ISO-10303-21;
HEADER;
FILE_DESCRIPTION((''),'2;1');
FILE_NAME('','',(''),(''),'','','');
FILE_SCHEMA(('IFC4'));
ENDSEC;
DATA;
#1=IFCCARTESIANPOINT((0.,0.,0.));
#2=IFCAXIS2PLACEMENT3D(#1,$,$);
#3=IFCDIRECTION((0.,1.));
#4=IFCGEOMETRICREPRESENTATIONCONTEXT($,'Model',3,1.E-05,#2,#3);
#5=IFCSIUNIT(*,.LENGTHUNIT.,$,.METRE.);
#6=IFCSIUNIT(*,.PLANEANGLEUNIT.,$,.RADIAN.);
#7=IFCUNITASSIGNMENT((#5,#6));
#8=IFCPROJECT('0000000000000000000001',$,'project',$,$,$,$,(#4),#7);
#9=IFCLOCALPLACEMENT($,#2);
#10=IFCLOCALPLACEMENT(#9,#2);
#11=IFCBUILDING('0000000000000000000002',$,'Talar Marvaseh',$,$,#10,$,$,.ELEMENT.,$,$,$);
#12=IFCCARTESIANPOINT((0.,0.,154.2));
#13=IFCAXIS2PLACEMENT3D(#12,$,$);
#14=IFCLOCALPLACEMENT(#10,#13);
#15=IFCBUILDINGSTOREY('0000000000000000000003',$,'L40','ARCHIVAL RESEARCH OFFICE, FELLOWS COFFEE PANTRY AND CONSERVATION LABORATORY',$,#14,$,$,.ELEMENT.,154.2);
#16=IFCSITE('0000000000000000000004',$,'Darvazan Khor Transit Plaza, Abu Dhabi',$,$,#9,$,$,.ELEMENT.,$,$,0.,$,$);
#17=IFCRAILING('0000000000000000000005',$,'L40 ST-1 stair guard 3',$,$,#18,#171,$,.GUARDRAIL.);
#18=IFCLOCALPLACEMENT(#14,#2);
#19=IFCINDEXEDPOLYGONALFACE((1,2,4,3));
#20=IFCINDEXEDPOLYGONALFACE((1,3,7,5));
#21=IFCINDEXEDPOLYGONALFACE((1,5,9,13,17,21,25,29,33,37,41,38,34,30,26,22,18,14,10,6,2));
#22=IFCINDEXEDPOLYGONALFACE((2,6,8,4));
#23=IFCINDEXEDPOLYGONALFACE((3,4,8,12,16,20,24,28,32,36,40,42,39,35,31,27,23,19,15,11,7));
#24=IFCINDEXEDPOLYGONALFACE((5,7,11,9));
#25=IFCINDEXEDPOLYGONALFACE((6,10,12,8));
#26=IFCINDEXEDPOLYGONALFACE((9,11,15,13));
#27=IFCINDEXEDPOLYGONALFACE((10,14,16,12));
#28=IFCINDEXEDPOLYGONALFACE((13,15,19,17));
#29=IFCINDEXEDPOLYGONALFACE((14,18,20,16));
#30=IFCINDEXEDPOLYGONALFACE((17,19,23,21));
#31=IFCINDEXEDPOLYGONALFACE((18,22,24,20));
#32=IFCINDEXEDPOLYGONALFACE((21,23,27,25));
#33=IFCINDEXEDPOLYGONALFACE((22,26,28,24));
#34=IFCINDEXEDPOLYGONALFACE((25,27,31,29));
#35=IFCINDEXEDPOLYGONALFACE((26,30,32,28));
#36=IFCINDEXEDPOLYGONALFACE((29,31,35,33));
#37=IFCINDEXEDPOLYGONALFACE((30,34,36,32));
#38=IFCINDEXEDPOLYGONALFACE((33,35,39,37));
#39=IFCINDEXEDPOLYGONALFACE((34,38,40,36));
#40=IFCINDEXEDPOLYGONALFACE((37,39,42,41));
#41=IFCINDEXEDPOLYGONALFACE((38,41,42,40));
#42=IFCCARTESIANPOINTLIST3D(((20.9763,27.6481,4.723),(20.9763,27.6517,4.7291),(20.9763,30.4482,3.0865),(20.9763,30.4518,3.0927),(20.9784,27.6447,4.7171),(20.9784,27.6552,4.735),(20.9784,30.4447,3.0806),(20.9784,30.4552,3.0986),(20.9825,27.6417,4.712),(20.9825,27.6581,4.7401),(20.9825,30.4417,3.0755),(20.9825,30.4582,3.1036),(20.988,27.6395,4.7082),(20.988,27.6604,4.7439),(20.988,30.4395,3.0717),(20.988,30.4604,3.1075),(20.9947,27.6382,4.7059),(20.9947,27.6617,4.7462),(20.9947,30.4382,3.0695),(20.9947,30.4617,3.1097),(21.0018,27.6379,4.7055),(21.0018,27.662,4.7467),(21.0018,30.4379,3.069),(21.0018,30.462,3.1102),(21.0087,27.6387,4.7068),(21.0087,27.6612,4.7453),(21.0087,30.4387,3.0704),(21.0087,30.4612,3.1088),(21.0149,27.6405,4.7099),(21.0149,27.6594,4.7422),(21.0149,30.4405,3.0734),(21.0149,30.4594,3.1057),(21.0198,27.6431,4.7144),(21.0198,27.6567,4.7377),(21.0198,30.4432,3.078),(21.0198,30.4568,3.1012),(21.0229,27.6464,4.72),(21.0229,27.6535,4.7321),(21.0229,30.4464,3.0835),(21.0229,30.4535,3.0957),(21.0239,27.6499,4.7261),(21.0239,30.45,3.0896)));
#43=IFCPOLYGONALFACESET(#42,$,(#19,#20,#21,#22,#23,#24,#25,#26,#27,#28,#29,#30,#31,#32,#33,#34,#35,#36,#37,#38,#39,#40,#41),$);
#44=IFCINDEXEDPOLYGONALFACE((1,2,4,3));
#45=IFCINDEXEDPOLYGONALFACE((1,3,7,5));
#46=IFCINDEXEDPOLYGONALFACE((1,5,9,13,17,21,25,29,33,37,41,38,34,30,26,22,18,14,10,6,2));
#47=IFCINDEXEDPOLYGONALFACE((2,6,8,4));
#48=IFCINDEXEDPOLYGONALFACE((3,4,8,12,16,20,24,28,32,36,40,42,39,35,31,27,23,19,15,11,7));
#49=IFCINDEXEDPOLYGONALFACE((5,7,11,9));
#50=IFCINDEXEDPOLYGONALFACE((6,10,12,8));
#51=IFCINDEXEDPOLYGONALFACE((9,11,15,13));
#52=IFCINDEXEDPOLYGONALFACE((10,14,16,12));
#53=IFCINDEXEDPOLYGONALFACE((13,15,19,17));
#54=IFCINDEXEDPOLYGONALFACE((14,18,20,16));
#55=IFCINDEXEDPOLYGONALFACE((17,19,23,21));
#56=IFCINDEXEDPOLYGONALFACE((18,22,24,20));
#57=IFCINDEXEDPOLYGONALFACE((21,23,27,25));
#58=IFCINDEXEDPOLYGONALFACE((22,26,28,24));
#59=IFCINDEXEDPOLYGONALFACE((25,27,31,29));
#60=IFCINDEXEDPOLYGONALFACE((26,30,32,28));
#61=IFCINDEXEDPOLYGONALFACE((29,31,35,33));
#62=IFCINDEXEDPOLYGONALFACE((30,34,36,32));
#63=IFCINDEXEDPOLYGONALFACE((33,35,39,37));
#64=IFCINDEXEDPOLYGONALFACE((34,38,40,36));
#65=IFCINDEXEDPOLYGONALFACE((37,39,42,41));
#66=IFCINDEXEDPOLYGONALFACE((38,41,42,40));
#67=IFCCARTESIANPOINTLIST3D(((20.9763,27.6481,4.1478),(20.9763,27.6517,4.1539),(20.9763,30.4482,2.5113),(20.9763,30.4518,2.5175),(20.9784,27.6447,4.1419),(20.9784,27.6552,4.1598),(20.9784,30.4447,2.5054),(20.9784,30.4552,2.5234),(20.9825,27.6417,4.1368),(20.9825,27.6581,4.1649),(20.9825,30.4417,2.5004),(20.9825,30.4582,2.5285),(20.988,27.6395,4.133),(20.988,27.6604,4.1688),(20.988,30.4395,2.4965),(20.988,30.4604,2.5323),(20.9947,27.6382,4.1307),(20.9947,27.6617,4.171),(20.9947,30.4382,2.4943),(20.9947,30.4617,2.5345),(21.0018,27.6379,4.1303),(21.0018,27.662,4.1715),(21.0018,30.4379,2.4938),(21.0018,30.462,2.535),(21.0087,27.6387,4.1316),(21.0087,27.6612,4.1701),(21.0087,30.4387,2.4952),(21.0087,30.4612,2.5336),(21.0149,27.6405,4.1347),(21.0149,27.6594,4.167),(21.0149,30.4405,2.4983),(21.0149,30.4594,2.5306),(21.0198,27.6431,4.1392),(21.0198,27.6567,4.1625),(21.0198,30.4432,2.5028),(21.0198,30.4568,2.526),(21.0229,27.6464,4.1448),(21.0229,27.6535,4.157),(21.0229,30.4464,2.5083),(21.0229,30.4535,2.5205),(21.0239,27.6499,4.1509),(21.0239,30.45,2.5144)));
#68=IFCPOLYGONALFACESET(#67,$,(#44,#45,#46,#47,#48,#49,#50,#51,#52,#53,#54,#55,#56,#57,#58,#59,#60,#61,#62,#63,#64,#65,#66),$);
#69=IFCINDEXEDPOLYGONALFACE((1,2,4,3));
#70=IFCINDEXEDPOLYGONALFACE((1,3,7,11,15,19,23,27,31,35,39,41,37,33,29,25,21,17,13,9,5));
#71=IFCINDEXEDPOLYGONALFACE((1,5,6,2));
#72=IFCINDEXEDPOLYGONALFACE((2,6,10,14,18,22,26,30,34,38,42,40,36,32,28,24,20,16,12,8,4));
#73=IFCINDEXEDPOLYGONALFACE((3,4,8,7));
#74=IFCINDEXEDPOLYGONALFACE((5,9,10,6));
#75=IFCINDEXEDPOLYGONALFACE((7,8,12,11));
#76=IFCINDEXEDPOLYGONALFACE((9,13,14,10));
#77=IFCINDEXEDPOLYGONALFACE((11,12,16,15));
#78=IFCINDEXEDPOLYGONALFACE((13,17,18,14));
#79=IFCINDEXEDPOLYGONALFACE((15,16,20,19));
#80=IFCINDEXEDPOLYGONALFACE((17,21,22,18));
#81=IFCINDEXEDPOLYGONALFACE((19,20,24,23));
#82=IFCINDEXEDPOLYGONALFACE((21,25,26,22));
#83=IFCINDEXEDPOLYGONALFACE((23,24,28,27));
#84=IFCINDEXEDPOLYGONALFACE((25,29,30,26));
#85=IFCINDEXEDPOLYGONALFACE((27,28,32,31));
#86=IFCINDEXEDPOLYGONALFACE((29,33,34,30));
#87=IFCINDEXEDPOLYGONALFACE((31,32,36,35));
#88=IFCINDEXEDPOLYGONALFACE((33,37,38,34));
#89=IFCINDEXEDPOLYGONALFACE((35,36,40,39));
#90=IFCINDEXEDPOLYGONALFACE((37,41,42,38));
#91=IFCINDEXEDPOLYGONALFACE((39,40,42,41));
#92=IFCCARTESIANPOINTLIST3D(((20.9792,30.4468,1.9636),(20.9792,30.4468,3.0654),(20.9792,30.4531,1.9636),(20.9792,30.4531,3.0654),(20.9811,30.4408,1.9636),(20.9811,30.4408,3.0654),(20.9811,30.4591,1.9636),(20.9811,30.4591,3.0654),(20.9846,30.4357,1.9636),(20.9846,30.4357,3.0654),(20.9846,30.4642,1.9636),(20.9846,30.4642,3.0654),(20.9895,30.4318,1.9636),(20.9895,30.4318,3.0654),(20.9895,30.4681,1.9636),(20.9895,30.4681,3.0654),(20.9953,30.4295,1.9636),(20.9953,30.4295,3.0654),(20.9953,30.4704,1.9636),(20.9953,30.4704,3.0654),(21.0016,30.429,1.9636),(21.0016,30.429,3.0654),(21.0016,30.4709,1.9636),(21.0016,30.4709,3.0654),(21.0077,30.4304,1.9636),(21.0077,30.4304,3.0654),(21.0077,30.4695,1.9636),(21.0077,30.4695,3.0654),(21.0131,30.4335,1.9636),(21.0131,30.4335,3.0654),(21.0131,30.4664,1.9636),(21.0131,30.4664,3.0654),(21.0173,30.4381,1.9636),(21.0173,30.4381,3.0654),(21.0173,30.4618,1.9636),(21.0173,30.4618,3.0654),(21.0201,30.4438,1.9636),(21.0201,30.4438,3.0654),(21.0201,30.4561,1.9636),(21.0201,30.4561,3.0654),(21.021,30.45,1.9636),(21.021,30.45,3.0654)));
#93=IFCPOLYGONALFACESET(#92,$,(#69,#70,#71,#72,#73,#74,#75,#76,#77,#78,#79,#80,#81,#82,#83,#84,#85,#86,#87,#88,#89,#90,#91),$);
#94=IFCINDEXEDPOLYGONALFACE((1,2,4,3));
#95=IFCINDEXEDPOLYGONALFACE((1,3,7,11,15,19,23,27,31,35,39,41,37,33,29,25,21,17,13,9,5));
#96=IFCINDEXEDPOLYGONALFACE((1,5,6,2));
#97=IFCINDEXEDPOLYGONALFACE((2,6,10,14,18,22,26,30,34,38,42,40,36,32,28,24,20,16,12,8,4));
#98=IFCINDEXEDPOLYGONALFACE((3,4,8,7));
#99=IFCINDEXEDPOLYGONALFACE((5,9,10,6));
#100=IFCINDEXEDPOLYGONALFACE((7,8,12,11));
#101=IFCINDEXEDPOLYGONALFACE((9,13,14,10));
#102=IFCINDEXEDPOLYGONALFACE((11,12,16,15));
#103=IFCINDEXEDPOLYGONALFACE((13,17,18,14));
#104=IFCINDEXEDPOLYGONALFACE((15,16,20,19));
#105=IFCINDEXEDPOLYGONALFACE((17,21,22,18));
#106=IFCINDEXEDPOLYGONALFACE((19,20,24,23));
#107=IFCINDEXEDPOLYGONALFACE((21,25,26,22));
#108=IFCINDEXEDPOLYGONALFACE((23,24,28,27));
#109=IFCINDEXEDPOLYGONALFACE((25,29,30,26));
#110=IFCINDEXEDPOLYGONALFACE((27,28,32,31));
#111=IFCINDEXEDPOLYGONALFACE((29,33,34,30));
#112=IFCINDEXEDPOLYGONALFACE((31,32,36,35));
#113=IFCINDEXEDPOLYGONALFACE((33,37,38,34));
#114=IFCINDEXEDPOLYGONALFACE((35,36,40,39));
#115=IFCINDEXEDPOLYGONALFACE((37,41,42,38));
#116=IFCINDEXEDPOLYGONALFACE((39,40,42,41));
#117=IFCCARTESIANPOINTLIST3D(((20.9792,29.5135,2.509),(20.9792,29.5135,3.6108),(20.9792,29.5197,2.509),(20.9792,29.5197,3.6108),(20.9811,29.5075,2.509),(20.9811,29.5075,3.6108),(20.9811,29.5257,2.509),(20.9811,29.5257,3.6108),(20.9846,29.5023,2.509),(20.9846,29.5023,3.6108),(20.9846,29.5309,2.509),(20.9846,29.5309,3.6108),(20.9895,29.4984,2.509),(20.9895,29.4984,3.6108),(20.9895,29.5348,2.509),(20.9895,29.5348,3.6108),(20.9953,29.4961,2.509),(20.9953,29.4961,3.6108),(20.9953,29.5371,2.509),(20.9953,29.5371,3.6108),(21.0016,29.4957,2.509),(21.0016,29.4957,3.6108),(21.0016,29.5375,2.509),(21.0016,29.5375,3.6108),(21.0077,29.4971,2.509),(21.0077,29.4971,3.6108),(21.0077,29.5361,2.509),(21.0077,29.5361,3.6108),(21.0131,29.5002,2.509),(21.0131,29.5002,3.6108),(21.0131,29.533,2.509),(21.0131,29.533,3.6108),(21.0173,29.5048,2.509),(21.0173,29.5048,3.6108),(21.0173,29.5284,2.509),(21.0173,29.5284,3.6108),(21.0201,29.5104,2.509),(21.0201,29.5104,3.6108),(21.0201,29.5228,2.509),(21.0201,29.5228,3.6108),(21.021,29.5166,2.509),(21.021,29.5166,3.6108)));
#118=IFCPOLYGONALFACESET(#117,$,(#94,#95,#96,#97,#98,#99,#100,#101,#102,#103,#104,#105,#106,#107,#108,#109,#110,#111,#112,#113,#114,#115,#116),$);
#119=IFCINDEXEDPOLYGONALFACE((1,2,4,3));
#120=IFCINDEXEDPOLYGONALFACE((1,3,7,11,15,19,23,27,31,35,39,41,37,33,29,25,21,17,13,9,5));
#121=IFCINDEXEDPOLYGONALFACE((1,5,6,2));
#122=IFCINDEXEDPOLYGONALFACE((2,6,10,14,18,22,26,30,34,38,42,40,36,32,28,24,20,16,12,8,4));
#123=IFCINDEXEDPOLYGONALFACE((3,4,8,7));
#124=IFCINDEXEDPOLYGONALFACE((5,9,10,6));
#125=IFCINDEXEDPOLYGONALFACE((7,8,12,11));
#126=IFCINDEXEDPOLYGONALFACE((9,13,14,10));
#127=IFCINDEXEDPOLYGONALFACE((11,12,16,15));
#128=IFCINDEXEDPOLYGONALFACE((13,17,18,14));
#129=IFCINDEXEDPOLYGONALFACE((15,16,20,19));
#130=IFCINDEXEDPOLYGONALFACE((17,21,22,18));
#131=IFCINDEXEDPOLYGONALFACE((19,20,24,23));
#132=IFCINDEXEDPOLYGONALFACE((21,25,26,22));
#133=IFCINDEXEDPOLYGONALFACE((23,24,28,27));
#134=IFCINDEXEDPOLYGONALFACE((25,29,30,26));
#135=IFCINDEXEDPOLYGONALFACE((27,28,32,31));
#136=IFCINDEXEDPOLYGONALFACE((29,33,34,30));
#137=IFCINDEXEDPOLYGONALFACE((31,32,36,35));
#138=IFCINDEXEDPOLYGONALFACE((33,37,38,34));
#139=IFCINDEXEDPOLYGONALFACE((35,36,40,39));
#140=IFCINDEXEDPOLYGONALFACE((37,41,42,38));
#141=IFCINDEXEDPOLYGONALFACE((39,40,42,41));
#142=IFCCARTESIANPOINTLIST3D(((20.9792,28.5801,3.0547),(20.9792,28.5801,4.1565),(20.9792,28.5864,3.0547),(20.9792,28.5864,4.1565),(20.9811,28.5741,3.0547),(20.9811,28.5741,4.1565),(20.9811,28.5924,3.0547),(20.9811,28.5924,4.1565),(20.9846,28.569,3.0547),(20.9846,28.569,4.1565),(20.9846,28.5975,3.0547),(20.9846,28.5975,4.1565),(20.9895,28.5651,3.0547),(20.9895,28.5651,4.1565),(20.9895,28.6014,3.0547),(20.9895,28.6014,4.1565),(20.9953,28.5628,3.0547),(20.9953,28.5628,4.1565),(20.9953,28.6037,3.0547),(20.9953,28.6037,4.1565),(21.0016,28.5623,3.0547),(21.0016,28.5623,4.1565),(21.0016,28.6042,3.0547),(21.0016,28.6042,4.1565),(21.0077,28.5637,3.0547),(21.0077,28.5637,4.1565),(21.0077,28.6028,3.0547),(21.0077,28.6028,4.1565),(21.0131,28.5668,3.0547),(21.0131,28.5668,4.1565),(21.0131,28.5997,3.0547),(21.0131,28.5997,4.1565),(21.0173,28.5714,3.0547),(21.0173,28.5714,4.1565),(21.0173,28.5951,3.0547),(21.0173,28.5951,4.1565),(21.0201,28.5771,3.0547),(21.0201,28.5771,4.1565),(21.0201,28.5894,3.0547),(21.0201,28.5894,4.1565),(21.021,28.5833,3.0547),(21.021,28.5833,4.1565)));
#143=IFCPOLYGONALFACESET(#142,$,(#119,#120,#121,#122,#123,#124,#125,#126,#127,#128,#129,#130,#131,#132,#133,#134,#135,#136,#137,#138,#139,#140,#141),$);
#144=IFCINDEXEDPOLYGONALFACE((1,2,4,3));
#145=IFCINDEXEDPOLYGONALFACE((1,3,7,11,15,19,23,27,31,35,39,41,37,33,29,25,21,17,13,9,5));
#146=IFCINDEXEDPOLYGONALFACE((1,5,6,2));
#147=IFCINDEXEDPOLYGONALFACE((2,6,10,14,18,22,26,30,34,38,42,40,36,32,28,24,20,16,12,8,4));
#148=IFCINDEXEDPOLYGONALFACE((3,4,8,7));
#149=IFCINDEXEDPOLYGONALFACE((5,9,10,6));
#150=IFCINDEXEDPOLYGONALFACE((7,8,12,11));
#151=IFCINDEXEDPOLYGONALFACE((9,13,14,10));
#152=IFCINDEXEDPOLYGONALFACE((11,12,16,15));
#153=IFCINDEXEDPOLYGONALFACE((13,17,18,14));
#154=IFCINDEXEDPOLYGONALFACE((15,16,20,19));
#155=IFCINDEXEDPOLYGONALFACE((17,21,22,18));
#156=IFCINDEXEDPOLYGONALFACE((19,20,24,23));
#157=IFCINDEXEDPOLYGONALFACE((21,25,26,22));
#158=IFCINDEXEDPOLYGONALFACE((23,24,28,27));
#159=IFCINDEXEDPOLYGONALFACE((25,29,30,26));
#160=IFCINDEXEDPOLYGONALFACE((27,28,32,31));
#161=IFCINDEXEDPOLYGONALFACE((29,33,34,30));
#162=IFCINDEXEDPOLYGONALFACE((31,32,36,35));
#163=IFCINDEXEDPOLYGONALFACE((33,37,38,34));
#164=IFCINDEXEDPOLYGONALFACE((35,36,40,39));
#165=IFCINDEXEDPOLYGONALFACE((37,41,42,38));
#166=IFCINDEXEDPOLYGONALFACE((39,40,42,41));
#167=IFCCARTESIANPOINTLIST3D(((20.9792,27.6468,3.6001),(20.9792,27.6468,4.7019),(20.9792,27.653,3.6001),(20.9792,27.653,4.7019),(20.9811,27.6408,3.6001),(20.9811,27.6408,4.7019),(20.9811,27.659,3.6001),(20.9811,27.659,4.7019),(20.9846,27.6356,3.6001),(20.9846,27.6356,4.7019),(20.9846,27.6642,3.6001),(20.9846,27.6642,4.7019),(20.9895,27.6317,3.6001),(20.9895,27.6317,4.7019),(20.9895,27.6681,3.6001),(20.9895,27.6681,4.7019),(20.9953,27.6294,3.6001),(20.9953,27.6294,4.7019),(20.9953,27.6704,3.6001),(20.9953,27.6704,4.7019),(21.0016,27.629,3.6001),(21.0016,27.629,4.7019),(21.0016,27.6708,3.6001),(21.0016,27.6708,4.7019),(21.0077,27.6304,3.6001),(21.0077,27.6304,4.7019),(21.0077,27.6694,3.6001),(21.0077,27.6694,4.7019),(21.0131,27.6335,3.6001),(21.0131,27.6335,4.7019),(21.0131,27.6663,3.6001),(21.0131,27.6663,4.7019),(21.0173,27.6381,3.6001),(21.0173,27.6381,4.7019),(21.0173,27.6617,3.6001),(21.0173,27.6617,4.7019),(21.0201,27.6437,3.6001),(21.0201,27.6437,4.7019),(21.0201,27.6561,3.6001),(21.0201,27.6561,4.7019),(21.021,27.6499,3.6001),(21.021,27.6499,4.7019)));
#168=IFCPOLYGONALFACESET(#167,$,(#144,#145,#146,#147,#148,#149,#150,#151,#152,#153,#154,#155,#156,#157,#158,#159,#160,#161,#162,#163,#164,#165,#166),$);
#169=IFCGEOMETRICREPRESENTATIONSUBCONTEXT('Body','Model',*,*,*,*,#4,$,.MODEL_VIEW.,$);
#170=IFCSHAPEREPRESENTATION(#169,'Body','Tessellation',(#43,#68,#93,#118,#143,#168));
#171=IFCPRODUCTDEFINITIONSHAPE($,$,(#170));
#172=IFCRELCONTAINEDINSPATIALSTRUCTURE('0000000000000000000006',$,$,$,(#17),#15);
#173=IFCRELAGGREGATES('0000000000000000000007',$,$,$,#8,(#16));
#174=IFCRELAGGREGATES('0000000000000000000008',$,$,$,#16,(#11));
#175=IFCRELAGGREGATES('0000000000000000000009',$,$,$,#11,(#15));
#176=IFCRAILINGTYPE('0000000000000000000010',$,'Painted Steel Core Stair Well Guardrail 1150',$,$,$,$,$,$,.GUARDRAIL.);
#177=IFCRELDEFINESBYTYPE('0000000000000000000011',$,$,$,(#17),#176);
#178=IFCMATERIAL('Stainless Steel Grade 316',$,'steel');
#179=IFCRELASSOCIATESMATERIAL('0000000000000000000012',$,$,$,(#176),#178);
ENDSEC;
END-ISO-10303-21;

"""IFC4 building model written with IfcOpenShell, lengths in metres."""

from ifc_helpers import new_model, si_unit, direction, frame, origin, origin_2d, place, context, subcontext, project, spatial, circle, extrude, material, type_object, element, save


model = new_model("IFC4")

# Units and contexts
model_context = context("Model", 3, precision=1e-05, world=origin(), true_north=direction((0.0, 1.0)))
body_context = subcontext(model_context, "Body", "Model", "MODEL_VIEW")
ifc_project = project(units=[si_unit("LENGTHUNIT", "METRE"), si_unit("PLANEANGLEUNIT", "RADIAN")], contexts=[model_context])

# Site, building, storey
site_placement = place(None, origin())
site = spatial("IfcSite", under=ifc_project, at=site_placement, Name="Darvazan Khor Transit Plaza, Abu Dhabi", CompositionType="ELEMENT", RefElevation=0.0)
building_placement = place(site_placement, origin())
building = spatial("IfcBuilding", under=site, at=building_placement, Name="Talar Marvaseh", CompositionType="ELEMENT")
storey_placement = place(building_placement, frame((0.0, 0.0, 154.2)))
storey = spatial("IfcBuildingStorey", under=building, at=storey_placement, Name="L40", Description="ARCHIVAL RESEARCH OFFICE, FELLOWS COFFEE PANTRY AND CONSERVATION LABORATORY", CompositionType="ELEMENT", Elevation=154.2)

# Railing
ifc_material_1 = material(Name="Stainless Steel Grade 316", Category="steel")
railing_type_1 = type_object("IfcRailingType", Name="Painted Steel Core Stair Well Guardrail 1150", PredefinedType="GUARDRAIL", material=ifc_material_1)
railing_1_placement = place(storey_placement, frame((21.0, 30.45, 1.9636)))
element("IfcRailing", 1, at=railing_1_placement, inside=storey, type_object=railing_type_1, Name="L40 ST-1 stair guard 3", PredefinedType="GUARDRAIL", context=body_context, shape_type="SweptSolid", body=[
    extrude(circle(Radius=0.0239, at=origin_2d()), frame((0.0, 0.0, 1.126), z_axis=(0.0, -0.863361, 0.504587), x_axis=(1.0, 0.0, 0.0)), (0.0, 0.0, 1.0), 3.2432),
    extrude(circle(Radius=0.0239, at=origin_2d()), frame((0.0, 0.0, 0.5508), z_axis=(0.0, -0.863361, 0.504587), x_axis=(1.0, 0.0, 0.0)), (0.0, 0.0, 1.0), 3.2432),
    extrude(circle(Radius=0.021, at=origin_2d()), origin(), (0.0, 0.0, 1.0), 1.1018),
    extrude(circle(Radius=0.021, at=origin_2d()), frame((0.0, -0.9333, 0.5454)), (0.0, 0.0, 1.0), 1.1018),
    extrude(circle(Radius=0.021, at=origin_2d()), frame((0.0, -1.8667, 1.0911)), (0.0, 0.0, 1.0), 1.1018),
    extrude(circle(Radius=0.021, at=origin_2d()), frame((0.0, -2.8, 1.6365)), (0.0, 0.0, 1.0), 1.1018),
])

save(model, "model.ifc")
